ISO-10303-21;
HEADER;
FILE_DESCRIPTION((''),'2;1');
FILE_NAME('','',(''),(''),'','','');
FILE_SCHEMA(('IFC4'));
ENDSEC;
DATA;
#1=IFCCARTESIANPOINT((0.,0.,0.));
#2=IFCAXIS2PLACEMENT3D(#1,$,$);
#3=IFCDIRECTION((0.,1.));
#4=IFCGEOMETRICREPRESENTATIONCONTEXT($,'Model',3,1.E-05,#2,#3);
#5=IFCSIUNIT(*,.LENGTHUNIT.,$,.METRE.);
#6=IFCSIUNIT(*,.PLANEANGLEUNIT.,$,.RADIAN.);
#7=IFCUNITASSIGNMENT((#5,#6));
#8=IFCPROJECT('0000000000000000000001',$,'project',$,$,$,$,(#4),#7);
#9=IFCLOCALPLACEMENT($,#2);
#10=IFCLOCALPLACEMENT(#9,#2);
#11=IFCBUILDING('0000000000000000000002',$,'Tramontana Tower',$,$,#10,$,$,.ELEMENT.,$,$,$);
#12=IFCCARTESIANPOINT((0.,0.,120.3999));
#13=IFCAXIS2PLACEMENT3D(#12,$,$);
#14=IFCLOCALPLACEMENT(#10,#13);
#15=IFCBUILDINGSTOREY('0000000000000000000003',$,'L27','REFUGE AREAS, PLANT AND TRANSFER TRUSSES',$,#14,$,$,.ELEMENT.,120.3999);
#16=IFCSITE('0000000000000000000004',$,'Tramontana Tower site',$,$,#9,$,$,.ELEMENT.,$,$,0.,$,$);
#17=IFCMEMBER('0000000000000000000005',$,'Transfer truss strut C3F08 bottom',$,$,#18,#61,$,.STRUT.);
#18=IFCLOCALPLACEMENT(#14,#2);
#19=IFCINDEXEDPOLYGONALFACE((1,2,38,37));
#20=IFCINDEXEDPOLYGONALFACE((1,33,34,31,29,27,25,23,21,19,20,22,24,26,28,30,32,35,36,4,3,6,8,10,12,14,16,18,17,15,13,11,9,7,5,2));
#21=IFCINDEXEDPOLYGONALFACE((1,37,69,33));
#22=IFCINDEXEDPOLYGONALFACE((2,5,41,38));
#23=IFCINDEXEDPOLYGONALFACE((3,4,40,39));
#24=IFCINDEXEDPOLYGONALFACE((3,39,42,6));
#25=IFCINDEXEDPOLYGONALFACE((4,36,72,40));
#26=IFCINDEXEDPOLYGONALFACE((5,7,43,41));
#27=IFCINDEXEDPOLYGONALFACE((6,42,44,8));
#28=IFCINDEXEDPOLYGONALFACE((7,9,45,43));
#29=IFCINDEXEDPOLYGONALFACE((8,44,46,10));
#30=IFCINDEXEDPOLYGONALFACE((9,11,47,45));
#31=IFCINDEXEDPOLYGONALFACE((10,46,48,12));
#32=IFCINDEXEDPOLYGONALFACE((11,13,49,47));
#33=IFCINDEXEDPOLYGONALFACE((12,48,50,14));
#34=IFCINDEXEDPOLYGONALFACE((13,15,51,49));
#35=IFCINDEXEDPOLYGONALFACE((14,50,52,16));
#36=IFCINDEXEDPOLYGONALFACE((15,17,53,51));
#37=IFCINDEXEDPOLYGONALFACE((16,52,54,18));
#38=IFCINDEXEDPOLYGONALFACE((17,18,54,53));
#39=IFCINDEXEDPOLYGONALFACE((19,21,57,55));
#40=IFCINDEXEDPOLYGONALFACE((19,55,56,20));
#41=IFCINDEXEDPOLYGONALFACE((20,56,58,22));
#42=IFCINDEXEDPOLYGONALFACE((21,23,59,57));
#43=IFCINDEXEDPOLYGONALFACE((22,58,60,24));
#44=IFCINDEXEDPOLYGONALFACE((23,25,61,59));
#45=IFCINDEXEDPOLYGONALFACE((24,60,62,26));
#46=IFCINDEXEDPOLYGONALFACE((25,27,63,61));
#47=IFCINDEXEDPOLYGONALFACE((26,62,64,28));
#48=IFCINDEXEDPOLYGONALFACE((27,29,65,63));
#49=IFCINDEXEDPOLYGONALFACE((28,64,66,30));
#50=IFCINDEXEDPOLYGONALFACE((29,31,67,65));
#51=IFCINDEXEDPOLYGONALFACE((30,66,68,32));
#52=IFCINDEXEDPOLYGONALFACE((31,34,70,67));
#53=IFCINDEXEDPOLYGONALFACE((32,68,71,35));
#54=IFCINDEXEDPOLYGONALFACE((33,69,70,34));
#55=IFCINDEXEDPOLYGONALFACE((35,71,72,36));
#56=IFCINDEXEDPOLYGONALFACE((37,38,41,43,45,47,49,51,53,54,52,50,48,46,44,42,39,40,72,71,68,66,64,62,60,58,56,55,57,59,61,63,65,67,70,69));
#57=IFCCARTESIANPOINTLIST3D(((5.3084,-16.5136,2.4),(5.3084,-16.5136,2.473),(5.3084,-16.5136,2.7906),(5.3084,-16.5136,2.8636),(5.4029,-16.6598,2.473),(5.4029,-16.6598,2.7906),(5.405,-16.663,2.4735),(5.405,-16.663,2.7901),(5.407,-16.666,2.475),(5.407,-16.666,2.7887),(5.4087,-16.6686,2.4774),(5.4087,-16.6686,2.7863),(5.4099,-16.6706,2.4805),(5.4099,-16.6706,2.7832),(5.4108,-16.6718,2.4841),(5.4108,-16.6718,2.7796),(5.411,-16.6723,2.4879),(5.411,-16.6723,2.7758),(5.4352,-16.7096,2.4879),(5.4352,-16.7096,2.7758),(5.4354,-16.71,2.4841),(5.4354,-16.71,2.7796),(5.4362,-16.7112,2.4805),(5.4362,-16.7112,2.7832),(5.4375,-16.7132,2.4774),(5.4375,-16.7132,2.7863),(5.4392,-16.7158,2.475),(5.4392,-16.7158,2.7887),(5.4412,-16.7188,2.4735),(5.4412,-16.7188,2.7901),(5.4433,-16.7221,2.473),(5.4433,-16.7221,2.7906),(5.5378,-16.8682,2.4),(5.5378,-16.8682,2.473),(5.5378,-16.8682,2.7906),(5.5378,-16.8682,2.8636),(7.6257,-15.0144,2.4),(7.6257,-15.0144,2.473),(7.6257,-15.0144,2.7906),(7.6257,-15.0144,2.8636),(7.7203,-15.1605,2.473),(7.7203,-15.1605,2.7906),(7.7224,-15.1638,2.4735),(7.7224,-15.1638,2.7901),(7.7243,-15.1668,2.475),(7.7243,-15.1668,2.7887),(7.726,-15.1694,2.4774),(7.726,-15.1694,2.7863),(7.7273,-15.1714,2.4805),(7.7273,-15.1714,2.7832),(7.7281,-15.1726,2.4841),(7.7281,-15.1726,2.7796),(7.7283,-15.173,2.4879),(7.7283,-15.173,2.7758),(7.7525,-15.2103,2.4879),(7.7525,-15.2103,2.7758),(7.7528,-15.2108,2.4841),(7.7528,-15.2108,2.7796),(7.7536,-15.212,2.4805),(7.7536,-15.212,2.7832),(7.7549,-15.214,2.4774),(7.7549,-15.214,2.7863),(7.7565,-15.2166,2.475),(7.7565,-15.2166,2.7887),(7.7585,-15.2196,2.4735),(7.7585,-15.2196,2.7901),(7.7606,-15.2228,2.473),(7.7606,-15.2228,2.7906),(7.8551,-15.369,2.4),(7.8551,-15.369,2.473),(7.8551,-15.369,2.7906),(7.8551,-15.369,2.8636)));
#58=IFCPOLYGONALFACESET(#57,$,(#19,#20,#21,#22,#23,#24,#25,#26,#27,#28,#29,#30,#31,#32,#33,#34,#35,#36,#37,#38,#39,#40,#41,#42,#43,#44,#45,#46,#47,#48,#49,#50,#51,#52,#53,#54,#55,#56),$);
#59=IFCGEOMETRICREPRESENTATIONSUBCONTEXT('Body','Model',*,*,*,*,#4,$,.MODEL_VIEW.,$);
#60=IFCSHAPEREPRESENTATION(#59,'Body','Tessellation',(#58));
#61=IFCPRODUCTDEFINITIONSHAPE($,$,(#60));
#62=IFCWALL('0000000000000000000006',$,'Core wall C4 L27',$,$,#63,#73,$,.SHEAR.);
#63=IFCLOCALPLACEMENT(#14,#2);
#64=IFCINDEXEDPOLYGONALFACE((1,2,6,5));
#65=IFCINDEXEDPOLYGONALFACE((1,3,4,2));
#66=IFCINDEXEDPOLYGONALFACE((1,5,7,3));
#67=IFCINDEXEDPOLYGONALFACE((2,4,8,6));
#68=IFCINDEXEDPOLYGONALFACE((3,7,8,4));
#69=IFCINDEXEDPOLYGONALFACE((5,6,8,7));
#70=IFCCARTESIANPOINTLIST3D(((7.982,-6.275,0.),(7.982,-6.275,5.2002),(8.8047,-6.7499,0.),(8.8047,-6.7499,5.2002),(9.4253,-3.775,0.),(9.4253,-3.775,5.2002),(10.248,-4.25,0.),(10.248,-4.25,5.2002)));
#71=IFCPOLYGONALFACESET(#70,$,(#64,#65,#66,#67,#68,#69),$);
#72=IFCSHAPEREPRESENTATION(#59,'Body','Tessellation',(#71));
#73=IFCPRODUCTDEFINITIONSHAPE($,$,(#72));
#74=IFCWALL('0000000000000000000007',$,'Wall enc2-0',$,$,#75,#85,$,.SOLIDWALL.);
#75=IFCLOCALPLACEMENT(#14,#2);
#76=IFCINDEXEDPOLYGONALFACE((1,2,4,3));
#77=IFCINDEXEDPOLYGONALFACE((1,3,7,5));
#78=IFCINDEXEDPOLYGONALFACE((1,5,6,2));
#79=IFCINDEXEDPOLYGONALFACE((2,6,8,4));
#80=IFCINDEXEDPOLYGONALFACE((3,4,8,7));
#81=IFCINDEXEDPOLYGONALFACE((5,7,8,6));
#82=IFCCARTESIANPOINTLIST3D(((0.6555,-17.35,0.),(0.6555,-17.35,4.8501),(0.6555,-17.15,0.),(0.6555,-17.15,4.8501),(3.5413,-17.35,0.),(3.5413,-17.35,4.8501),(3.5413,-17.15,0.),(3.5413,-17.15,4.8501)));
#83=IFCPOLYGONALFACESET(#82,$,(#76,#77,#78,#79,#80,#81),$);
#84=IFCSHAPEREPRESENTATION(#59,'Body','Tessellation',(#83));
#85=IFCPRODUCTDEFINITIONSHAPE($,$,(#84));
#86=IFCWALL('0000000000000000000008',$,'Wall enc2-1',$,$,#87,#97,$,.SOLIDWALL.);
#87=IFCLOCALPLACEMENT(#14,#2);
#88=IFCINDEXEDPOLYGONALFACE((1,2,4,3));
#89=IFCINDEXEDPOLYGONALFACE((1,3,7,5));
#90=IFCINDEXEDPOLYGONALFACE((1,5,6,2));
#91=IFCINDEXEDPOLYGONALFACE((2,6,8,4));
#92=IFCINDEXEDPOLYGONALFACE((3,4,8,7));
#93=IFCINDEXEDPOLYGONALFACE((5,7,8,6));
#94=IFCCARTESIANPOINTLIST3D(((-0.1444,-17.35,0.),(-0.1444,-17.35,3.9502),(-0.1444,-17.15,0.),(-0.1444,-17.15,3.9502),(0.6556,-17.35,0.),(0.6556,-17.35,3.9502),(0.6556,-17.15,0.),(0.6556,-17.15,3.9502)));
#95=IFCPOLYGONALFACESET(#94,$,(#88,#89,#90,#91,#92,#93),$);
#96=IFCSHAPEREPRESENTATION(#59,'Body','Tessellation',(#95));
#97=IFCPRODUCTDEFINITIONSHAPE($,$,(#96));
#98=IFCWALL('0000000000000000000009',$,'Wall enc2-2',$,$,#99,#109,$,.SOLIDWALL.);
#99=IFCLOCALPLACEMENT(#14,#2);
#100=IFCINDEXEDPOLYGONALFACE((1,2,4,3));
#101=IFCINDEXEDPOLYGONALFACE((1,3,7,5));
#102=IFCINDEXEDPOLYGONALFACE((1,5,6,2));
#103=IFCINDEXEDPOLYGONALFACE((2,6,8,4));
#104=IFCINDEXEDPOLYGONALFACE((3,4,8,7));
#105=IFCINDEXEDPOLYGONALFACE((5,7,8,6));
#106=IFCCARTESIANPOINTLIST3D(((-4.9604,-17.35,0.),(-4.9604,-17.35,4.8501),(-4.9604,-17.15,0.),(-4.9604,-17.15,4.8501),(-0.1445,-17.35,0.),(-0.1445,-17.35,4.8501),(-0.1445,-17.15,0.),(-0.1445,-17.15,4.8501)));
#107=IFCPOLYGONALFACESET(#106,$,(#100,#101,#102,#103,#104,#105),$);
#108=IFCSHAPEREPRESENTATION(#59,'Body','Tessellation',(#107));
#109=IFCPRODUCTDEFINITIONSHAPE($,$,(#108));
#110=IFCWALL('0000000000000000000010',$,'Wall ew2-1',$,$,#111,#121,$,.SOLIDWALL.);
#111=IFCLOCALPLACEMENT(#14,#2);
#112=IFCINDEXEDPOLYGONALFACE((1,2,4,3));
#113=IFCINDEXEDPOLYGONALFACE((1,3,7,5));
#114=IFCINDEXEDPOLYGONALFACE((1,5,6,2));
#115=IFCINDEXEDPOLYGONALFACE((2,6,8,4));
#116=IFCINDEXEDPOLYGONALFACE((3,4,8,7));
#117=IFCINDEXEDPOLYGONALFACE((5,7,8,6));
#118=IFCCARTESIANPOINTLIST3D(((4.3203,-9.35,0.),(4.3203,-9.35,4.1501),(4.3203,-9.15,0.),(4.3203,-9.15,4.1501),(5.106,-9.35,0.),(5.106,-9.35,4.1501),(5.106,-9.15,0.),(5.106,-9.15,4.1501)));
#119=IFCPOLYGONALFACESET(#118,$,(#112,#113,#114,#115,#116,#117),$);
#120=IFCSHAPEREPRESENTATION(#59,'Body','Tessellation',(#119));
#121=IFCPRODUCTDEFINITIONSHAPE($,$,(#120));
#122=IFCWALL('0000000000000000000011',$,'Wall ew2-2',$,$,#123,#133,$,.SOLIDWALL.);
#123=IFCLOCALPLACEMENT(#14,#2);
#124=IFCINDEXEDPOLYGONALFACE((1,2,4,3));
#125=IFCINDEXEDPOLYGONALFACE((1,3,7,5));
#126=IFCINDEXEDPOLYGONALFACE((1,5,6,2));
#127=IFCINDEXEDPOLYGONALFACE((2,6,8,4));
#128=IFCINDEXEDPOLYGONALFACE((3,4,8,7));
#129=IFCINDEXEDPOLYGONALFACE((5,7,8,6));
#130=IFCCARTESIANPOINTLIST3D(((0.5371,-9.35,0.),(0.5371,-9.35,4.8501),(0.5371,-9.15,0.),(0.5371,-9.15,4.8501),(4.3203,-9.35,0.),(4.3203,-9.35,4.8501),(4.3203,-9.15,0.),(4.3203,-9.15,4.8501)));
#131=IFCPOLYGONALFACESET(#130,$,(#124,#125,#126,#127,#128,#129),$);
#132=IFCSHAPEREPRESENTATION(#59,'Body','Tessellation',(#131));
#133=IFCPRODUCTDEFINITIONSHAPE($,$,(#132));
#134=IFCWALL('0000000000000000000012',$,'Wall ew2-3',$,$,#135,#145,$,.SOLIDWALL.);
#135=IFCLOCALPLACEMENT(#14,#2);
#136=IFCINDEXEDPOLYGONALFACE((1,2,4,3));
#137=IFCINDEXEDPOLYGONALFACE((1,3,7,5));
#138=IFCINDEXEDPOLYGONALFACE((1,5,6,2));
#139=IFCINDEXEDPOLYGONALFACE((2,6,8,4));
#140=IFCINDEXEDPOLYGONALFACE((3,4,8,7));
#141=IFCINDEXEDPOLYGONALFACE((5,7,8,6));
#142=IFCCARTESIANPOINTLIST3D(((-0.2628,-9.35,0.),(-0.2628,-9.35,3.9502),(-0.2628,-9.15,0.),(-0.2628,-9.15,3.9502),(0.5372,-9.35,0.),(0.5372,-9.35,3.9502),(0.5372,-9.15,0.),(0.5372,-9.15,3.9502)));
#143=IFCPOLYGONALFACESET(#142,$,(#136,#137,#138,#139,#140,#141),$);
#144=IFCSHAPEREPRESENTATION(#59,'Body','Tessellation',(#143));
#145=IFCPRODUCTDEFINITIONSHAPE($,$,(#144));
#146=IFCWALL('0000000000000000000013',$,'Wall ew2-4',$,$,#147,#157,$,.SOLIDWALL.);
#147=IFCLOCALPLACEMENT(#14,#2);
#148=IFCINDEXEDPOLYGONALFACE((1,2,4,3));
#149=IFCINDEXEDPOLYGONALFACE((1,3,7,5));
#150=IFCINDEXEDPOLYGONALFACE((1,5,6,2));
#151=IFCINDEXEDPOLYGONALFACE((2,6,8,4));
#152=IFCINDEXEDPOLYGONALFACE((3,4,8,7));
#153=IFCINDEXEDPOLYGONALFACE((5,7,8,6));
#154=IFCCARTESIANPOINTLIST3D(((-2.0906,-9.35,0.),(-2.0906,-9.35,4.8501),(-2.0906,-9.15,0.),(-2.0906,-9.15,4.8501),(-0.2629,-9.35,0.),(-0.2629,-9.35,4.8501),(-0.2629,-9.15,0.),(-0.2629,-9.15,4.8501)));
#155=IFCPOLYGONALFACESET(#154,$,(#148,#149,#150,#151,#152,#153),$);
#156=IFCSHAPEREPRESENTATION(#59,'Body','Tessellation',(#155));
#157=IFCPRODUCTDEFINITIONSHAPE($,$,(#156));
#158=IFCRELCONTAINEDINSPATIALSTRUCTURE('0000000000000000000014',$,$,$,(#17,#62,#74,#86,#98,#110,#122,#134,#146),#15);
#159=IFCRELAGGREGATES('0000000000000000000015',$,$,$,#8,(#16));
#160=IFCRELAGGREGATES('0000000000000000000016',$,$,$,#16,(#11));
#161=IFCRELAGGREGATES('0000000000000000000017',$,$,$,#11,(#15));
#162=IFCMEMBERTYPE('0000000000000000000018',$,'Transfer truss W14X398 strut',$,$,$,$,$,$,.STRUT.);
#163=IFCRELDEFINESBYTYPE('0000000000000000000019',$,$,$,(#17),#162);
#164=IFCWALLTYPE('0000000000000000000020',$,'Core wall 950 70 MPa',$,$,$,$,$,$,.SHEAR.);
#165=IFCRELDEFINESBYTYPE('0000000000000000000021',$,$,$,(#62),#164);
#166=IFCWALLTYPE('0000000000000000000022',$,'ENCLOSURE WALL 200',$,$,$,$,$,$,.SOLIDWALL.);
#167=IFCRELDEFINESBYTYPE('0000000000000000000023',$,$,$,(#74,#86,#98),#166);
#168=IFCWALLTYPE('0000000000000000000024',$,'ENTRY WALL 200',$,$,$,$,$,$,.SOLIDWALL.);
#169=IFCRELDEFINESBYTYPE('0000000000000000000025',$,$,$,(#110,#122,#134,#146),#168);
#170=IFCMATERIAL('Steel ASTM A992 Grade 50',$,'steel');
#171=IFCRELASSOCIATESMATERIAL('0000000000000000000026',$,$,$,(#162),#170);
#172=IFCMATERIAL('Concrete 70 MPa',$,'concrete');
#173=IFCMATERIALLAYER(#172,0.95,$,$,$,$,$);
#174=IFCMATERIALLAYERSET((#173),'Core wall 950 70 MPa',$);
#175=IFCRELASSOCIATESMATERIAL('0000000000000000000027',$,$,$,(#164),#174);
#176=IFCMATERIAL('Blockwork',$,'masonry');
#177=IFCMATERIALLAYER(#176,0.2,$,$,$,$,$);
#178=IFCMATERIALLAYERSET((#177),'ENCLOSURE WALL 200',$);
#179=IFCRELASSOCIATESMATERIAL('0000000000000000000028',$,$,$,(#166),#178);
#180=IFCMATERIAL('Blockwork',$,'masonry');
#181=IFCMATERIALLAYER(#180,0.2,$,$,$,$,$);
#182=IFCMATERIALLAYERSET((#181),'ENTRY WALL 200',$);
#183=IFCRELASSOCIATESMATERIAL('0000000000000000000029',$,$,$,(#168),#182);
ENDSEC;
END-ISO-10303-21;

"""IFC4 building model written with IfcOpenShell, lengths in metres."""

from ifc_helpers import new_model, si_unit, direction, frame, frame_2d, origin, origin_2d, place, context, subcontext, project, spatial, rectangle, i_section, extrude, material, layer, layer_set, material_profile, profile_set, type_object, element, save


model = new_model("IFC4")

# Units and contexts
model_context = context("Model", 3, precision=1e-05, world=origin(), true_north=direction((0.0, 1.0)))
body_context = subcontext(model_context, "Body", "Model", "MODEL_VIEW")
ifc_project = project(units=[si_unit("LENGTHUNIT", "METRE"), si_unit("PLANEANGLEUNIT", "RADIAN")], contexts=[model_context])

# Site, building, storey
site_placement = place(None, origin())
site = spatial("IfcSite", under=ifc_project, at=site_placement, Name="Tramontana Tower site", CompositionType="ELEMENT", RefElevation=0.0)
building_placement = place(site_placement, origin())
building = spatial("IfcBuilding", under=site, at=building_placement, Name="Tramontana Tower", CompositionType="ELEMENT")
storey_placement = place(building_placement, frame((0.0, 0.0, 120.3999)))
storey = spatial("IfcBuildingStorey", under=building, at=storey_placement, Name="L27", Description="REFUGE AREAS, PLANT AND TRANSFER TRUSSES", CompositionType="ELEMENT", Elevation=120.3999)

# Member
ifc_material_1 = material(Name="Steel ASTM A992 Grade 50", Category="steel")
ifc_material_profile_1 = material_profile(ifc_material_1, i_section(OverallWidth=0.4224, OverallDepth=0.4636, WebThickness=0.0444, FlangeThickness=0.073, FilletRadius=0.0149, at=origin_2d()), Name="W14X398")
ifc_profile_set_1 = profile_set([ifc_material_profile_1], Name="Steel ASTM A992 Grade 50")
member_type_1 = type_object("IfcMemberType", Name="Transfer truss W14X398 strut", PredefinedType="STRUT", material=ifc_profile_set_1)
member_1_placement = place(storey_placement, frame((5.4231, -16.6909, 2.6318), z_axis=(0.839606, 0.543196, 0.0), x_axis=(-0.543196, 0.839606, 0.0)))
element("IfcMember", 1, at=member_1_placement, inside=storey, type_object=member_type_1, Name="Transfer truss strut C3F08 bottom", PredefinedType="STRUT", context=body_context, shape_type="SweptSolid", body=[
    extrude(i_section(OverallWidth=0.4224, OverallDepth=0.4636, WebThickness=0.0444, FlangeThickness=0.073, FilletRadius=0.0149, at=origin_2d()), origin(), (0.0, 0.0, 1.0), 2.76),
])

# Walls
ifc_material_2 = material(Name="Concrete 70 MPa", Category="concrete")
ifc_layer_1 = layer(ifc_material_2, 0.95)
ifc_layer_set_1 = layer_set([ifc_layer_1], Name="Core wall 950 70 MPa")
wall_type_1 = type_object("IfcWallType", Name="Core wall 950 70 MPa", PredefinedType="SHEAR", material=ifc_layer_set_1)
wall_1_placement = place(storey_placement, frame((8.3933, -6.5125, 0.0), z_axis=(0.0, 0.0, 1.0), x_axis=(0.499996, 0.866028, 0.0)))
element("IfcWall", 2, at=wall_1_placement, inside=storey, type_object=wall_type_1, Name="Core wall C4 L27", PredefinedType="SHEAR", context=body_context, shape_type="SweptSolid", body=[
    extrude(rectangle(XDim=2.8867, YDim=0.95, at=frame_2d((1.4434, 0.0))), origin(), (0.0, 0.0, 1.0), 5.2002),
])
ifc_material_3 = material(Name="Blockwork", Category="masonry")
ifc_layer_2 = layer(ifc_material_3, 0.2)
ifc_layer_set_2 = layer_set([ifc_layer_2], Name="ENCLOSURE WALL 200")
wall_type_2 = type_object("IfcWallType", Name="ENCLOSURE WALL 200", PredefinedType="SOLIDWALL", material=ifc_layer_set_2)
wall_2_placement = place(storey_placement, frame((3.5413, -17.25, 0.0), z_axis=(0.0, 0.0, 1.0), x_axis=(-1.0, 0.0, 0.0)))
element("IfcWall", 3, at=wall_2_placement, inside=storey, type_object=wall_type_2, Name="Wall enc2-0", PredefinedType="SOLIDWALL", context=body_context, shape_type="SweptSolid", body=[
    extrude(rectangle(XDim=2.8857, YDim=0.2, at=frame_2d((1.4429, 0.0))), origin(), (0.0, 0.0, 1.0), 4.8501),
])
wall_3_placement = place(storey_placement, frame((0.6555, -17.25, 0.0), z_axis=(0.0, 0.0, 1.0), x_axis=(-1.0, 0.0, 0.0)))
element("IfcWall", 4, at=wall_3_placement, inside=storey, type_object=wall_type_2, Name="Wall enc2-1", PredefinedType="SOLIDWALL", context=body_context, shape_type="SweptSolid", body=[
    extrude(rectangle(XDim=0.8, YDim=0.2, at=frame_2d((0.3999, 0.0))), origin(), (0.0, 0.0, 1.0), 3.9502),
])
wall_4_placement = place(storey_placement, frame((-0.1445, -17.25, 0.0), z_axis=(0.0, 0.0, 1.0), x_axis=(-1.0, 0.0, 0.0)))
element("IfcWall", 5, at=wall_4_placement, inside=storey, type_object=wall_type_2, Name="Wall enc2-2", PredefinedType="SOLIDWALL", context=body_context, shape_type="SweptSolid", body=[
    extrude(rectangle(XDim=4.8159, YDim=0.2, at=frame_2d((2.408, 0.0))), origin(), (0.0, 0.0, 1.0), 4.8501),
])
ifc_material_4 = material(Name="Blockwork", Category="masonry")
ifc_layer_3 = layer(ifc_material_4, 0.2)
ifc_layer_set_3 = layer_set([ifc_layer_3], Name="ENTRY WALL 200")
wall_type_3 = type_object("IfcWallType", Name="ENTRY WALL 200", PredefinedType="SOLIDWALL", material=ifc_layer_set_3)
wall_5_placement = place(storey_placement, frame((5.106, -9.25, 0.0), z_axis=(0.0, 0.0, 1.0), x_axis=(-1.0, 0.0, 0.0)))
element("IfcWall", 6, at=wall_5_placement, inside=storey, type_object=wall_type_3, Name="Wall ew2-1", PredefinedType="SOLIDWALL", context=body_context, shape_type="SweptSolid", body=[
    extrude(rectangle(XDim=0.7856, YDim=0.2, at=frame_2d((0.3928, 0.0))), origin(), (0.0, 0.0, 1.0), 4.1501),
])
wall_6_placement = place(storey_placement, frame((4.3203, -9.25, 0.0), z_axis=(0.0, 0.0, 1.0), x_axis=(-1.0, 0.0, 0.0)))
element("IfcWall", 7, at=wall_6_placement, inside=storey, type_object=wall_type_3, Name="Wall ew2-2", PredefinedType="SOLIDWALL", context=body_context, shape_type="SweptSolid", body=[
    extrude(rectangle(XDim=3.7832, YDim=0.2, at=frame_2d((1.8916, 0.0))), origin(), (0.0, 0.0, 1.0), 4.8501),
])
wall_7_placement = place(storey_placement, frame((0.5371, -9.25, 0.0), z_axis=(0.0, 0.0, 1.0), x_axis=(-1.0, 0.0, 0.0)))
element("IfcWall", 8, at=wall_7_placement, inside=storey, type_object=wall_type_3, Name="Wall ew2-3", PredefinedType="SOLIDWALL", context=body_context, shape_type="SweptSolid", body=[
    extrude(rectangle(XDim=0.8, YDim=0.2, at=frame_2d((0.3999, 0.0))), origin(), (0.0, 0.0, 1.0), 3.9502),
])
wall_8_placement = place(storey_placement, frame((-0.2629, -9.25, 0.0), z_axis=(0.0, 0.0, 1.0), x_axis=(-1.0, 0.0, 0.0)))
element("IfcWall", 9, at=wall_8_placement, inside=storey, type_object=wall_type_3, Name="Wall ew2-4", PredefinedType="SOLIDWALL", context=body_context, shape_type="SweptSolid", body=[
    extrude(rectangle(XDim=1.8276, YDim=0.2, at=frame_2d((0.9138, 0.0))), origin(), (0.0, 0.0, 1.0), 4.8501),
])

save(model, "model.ifc")
